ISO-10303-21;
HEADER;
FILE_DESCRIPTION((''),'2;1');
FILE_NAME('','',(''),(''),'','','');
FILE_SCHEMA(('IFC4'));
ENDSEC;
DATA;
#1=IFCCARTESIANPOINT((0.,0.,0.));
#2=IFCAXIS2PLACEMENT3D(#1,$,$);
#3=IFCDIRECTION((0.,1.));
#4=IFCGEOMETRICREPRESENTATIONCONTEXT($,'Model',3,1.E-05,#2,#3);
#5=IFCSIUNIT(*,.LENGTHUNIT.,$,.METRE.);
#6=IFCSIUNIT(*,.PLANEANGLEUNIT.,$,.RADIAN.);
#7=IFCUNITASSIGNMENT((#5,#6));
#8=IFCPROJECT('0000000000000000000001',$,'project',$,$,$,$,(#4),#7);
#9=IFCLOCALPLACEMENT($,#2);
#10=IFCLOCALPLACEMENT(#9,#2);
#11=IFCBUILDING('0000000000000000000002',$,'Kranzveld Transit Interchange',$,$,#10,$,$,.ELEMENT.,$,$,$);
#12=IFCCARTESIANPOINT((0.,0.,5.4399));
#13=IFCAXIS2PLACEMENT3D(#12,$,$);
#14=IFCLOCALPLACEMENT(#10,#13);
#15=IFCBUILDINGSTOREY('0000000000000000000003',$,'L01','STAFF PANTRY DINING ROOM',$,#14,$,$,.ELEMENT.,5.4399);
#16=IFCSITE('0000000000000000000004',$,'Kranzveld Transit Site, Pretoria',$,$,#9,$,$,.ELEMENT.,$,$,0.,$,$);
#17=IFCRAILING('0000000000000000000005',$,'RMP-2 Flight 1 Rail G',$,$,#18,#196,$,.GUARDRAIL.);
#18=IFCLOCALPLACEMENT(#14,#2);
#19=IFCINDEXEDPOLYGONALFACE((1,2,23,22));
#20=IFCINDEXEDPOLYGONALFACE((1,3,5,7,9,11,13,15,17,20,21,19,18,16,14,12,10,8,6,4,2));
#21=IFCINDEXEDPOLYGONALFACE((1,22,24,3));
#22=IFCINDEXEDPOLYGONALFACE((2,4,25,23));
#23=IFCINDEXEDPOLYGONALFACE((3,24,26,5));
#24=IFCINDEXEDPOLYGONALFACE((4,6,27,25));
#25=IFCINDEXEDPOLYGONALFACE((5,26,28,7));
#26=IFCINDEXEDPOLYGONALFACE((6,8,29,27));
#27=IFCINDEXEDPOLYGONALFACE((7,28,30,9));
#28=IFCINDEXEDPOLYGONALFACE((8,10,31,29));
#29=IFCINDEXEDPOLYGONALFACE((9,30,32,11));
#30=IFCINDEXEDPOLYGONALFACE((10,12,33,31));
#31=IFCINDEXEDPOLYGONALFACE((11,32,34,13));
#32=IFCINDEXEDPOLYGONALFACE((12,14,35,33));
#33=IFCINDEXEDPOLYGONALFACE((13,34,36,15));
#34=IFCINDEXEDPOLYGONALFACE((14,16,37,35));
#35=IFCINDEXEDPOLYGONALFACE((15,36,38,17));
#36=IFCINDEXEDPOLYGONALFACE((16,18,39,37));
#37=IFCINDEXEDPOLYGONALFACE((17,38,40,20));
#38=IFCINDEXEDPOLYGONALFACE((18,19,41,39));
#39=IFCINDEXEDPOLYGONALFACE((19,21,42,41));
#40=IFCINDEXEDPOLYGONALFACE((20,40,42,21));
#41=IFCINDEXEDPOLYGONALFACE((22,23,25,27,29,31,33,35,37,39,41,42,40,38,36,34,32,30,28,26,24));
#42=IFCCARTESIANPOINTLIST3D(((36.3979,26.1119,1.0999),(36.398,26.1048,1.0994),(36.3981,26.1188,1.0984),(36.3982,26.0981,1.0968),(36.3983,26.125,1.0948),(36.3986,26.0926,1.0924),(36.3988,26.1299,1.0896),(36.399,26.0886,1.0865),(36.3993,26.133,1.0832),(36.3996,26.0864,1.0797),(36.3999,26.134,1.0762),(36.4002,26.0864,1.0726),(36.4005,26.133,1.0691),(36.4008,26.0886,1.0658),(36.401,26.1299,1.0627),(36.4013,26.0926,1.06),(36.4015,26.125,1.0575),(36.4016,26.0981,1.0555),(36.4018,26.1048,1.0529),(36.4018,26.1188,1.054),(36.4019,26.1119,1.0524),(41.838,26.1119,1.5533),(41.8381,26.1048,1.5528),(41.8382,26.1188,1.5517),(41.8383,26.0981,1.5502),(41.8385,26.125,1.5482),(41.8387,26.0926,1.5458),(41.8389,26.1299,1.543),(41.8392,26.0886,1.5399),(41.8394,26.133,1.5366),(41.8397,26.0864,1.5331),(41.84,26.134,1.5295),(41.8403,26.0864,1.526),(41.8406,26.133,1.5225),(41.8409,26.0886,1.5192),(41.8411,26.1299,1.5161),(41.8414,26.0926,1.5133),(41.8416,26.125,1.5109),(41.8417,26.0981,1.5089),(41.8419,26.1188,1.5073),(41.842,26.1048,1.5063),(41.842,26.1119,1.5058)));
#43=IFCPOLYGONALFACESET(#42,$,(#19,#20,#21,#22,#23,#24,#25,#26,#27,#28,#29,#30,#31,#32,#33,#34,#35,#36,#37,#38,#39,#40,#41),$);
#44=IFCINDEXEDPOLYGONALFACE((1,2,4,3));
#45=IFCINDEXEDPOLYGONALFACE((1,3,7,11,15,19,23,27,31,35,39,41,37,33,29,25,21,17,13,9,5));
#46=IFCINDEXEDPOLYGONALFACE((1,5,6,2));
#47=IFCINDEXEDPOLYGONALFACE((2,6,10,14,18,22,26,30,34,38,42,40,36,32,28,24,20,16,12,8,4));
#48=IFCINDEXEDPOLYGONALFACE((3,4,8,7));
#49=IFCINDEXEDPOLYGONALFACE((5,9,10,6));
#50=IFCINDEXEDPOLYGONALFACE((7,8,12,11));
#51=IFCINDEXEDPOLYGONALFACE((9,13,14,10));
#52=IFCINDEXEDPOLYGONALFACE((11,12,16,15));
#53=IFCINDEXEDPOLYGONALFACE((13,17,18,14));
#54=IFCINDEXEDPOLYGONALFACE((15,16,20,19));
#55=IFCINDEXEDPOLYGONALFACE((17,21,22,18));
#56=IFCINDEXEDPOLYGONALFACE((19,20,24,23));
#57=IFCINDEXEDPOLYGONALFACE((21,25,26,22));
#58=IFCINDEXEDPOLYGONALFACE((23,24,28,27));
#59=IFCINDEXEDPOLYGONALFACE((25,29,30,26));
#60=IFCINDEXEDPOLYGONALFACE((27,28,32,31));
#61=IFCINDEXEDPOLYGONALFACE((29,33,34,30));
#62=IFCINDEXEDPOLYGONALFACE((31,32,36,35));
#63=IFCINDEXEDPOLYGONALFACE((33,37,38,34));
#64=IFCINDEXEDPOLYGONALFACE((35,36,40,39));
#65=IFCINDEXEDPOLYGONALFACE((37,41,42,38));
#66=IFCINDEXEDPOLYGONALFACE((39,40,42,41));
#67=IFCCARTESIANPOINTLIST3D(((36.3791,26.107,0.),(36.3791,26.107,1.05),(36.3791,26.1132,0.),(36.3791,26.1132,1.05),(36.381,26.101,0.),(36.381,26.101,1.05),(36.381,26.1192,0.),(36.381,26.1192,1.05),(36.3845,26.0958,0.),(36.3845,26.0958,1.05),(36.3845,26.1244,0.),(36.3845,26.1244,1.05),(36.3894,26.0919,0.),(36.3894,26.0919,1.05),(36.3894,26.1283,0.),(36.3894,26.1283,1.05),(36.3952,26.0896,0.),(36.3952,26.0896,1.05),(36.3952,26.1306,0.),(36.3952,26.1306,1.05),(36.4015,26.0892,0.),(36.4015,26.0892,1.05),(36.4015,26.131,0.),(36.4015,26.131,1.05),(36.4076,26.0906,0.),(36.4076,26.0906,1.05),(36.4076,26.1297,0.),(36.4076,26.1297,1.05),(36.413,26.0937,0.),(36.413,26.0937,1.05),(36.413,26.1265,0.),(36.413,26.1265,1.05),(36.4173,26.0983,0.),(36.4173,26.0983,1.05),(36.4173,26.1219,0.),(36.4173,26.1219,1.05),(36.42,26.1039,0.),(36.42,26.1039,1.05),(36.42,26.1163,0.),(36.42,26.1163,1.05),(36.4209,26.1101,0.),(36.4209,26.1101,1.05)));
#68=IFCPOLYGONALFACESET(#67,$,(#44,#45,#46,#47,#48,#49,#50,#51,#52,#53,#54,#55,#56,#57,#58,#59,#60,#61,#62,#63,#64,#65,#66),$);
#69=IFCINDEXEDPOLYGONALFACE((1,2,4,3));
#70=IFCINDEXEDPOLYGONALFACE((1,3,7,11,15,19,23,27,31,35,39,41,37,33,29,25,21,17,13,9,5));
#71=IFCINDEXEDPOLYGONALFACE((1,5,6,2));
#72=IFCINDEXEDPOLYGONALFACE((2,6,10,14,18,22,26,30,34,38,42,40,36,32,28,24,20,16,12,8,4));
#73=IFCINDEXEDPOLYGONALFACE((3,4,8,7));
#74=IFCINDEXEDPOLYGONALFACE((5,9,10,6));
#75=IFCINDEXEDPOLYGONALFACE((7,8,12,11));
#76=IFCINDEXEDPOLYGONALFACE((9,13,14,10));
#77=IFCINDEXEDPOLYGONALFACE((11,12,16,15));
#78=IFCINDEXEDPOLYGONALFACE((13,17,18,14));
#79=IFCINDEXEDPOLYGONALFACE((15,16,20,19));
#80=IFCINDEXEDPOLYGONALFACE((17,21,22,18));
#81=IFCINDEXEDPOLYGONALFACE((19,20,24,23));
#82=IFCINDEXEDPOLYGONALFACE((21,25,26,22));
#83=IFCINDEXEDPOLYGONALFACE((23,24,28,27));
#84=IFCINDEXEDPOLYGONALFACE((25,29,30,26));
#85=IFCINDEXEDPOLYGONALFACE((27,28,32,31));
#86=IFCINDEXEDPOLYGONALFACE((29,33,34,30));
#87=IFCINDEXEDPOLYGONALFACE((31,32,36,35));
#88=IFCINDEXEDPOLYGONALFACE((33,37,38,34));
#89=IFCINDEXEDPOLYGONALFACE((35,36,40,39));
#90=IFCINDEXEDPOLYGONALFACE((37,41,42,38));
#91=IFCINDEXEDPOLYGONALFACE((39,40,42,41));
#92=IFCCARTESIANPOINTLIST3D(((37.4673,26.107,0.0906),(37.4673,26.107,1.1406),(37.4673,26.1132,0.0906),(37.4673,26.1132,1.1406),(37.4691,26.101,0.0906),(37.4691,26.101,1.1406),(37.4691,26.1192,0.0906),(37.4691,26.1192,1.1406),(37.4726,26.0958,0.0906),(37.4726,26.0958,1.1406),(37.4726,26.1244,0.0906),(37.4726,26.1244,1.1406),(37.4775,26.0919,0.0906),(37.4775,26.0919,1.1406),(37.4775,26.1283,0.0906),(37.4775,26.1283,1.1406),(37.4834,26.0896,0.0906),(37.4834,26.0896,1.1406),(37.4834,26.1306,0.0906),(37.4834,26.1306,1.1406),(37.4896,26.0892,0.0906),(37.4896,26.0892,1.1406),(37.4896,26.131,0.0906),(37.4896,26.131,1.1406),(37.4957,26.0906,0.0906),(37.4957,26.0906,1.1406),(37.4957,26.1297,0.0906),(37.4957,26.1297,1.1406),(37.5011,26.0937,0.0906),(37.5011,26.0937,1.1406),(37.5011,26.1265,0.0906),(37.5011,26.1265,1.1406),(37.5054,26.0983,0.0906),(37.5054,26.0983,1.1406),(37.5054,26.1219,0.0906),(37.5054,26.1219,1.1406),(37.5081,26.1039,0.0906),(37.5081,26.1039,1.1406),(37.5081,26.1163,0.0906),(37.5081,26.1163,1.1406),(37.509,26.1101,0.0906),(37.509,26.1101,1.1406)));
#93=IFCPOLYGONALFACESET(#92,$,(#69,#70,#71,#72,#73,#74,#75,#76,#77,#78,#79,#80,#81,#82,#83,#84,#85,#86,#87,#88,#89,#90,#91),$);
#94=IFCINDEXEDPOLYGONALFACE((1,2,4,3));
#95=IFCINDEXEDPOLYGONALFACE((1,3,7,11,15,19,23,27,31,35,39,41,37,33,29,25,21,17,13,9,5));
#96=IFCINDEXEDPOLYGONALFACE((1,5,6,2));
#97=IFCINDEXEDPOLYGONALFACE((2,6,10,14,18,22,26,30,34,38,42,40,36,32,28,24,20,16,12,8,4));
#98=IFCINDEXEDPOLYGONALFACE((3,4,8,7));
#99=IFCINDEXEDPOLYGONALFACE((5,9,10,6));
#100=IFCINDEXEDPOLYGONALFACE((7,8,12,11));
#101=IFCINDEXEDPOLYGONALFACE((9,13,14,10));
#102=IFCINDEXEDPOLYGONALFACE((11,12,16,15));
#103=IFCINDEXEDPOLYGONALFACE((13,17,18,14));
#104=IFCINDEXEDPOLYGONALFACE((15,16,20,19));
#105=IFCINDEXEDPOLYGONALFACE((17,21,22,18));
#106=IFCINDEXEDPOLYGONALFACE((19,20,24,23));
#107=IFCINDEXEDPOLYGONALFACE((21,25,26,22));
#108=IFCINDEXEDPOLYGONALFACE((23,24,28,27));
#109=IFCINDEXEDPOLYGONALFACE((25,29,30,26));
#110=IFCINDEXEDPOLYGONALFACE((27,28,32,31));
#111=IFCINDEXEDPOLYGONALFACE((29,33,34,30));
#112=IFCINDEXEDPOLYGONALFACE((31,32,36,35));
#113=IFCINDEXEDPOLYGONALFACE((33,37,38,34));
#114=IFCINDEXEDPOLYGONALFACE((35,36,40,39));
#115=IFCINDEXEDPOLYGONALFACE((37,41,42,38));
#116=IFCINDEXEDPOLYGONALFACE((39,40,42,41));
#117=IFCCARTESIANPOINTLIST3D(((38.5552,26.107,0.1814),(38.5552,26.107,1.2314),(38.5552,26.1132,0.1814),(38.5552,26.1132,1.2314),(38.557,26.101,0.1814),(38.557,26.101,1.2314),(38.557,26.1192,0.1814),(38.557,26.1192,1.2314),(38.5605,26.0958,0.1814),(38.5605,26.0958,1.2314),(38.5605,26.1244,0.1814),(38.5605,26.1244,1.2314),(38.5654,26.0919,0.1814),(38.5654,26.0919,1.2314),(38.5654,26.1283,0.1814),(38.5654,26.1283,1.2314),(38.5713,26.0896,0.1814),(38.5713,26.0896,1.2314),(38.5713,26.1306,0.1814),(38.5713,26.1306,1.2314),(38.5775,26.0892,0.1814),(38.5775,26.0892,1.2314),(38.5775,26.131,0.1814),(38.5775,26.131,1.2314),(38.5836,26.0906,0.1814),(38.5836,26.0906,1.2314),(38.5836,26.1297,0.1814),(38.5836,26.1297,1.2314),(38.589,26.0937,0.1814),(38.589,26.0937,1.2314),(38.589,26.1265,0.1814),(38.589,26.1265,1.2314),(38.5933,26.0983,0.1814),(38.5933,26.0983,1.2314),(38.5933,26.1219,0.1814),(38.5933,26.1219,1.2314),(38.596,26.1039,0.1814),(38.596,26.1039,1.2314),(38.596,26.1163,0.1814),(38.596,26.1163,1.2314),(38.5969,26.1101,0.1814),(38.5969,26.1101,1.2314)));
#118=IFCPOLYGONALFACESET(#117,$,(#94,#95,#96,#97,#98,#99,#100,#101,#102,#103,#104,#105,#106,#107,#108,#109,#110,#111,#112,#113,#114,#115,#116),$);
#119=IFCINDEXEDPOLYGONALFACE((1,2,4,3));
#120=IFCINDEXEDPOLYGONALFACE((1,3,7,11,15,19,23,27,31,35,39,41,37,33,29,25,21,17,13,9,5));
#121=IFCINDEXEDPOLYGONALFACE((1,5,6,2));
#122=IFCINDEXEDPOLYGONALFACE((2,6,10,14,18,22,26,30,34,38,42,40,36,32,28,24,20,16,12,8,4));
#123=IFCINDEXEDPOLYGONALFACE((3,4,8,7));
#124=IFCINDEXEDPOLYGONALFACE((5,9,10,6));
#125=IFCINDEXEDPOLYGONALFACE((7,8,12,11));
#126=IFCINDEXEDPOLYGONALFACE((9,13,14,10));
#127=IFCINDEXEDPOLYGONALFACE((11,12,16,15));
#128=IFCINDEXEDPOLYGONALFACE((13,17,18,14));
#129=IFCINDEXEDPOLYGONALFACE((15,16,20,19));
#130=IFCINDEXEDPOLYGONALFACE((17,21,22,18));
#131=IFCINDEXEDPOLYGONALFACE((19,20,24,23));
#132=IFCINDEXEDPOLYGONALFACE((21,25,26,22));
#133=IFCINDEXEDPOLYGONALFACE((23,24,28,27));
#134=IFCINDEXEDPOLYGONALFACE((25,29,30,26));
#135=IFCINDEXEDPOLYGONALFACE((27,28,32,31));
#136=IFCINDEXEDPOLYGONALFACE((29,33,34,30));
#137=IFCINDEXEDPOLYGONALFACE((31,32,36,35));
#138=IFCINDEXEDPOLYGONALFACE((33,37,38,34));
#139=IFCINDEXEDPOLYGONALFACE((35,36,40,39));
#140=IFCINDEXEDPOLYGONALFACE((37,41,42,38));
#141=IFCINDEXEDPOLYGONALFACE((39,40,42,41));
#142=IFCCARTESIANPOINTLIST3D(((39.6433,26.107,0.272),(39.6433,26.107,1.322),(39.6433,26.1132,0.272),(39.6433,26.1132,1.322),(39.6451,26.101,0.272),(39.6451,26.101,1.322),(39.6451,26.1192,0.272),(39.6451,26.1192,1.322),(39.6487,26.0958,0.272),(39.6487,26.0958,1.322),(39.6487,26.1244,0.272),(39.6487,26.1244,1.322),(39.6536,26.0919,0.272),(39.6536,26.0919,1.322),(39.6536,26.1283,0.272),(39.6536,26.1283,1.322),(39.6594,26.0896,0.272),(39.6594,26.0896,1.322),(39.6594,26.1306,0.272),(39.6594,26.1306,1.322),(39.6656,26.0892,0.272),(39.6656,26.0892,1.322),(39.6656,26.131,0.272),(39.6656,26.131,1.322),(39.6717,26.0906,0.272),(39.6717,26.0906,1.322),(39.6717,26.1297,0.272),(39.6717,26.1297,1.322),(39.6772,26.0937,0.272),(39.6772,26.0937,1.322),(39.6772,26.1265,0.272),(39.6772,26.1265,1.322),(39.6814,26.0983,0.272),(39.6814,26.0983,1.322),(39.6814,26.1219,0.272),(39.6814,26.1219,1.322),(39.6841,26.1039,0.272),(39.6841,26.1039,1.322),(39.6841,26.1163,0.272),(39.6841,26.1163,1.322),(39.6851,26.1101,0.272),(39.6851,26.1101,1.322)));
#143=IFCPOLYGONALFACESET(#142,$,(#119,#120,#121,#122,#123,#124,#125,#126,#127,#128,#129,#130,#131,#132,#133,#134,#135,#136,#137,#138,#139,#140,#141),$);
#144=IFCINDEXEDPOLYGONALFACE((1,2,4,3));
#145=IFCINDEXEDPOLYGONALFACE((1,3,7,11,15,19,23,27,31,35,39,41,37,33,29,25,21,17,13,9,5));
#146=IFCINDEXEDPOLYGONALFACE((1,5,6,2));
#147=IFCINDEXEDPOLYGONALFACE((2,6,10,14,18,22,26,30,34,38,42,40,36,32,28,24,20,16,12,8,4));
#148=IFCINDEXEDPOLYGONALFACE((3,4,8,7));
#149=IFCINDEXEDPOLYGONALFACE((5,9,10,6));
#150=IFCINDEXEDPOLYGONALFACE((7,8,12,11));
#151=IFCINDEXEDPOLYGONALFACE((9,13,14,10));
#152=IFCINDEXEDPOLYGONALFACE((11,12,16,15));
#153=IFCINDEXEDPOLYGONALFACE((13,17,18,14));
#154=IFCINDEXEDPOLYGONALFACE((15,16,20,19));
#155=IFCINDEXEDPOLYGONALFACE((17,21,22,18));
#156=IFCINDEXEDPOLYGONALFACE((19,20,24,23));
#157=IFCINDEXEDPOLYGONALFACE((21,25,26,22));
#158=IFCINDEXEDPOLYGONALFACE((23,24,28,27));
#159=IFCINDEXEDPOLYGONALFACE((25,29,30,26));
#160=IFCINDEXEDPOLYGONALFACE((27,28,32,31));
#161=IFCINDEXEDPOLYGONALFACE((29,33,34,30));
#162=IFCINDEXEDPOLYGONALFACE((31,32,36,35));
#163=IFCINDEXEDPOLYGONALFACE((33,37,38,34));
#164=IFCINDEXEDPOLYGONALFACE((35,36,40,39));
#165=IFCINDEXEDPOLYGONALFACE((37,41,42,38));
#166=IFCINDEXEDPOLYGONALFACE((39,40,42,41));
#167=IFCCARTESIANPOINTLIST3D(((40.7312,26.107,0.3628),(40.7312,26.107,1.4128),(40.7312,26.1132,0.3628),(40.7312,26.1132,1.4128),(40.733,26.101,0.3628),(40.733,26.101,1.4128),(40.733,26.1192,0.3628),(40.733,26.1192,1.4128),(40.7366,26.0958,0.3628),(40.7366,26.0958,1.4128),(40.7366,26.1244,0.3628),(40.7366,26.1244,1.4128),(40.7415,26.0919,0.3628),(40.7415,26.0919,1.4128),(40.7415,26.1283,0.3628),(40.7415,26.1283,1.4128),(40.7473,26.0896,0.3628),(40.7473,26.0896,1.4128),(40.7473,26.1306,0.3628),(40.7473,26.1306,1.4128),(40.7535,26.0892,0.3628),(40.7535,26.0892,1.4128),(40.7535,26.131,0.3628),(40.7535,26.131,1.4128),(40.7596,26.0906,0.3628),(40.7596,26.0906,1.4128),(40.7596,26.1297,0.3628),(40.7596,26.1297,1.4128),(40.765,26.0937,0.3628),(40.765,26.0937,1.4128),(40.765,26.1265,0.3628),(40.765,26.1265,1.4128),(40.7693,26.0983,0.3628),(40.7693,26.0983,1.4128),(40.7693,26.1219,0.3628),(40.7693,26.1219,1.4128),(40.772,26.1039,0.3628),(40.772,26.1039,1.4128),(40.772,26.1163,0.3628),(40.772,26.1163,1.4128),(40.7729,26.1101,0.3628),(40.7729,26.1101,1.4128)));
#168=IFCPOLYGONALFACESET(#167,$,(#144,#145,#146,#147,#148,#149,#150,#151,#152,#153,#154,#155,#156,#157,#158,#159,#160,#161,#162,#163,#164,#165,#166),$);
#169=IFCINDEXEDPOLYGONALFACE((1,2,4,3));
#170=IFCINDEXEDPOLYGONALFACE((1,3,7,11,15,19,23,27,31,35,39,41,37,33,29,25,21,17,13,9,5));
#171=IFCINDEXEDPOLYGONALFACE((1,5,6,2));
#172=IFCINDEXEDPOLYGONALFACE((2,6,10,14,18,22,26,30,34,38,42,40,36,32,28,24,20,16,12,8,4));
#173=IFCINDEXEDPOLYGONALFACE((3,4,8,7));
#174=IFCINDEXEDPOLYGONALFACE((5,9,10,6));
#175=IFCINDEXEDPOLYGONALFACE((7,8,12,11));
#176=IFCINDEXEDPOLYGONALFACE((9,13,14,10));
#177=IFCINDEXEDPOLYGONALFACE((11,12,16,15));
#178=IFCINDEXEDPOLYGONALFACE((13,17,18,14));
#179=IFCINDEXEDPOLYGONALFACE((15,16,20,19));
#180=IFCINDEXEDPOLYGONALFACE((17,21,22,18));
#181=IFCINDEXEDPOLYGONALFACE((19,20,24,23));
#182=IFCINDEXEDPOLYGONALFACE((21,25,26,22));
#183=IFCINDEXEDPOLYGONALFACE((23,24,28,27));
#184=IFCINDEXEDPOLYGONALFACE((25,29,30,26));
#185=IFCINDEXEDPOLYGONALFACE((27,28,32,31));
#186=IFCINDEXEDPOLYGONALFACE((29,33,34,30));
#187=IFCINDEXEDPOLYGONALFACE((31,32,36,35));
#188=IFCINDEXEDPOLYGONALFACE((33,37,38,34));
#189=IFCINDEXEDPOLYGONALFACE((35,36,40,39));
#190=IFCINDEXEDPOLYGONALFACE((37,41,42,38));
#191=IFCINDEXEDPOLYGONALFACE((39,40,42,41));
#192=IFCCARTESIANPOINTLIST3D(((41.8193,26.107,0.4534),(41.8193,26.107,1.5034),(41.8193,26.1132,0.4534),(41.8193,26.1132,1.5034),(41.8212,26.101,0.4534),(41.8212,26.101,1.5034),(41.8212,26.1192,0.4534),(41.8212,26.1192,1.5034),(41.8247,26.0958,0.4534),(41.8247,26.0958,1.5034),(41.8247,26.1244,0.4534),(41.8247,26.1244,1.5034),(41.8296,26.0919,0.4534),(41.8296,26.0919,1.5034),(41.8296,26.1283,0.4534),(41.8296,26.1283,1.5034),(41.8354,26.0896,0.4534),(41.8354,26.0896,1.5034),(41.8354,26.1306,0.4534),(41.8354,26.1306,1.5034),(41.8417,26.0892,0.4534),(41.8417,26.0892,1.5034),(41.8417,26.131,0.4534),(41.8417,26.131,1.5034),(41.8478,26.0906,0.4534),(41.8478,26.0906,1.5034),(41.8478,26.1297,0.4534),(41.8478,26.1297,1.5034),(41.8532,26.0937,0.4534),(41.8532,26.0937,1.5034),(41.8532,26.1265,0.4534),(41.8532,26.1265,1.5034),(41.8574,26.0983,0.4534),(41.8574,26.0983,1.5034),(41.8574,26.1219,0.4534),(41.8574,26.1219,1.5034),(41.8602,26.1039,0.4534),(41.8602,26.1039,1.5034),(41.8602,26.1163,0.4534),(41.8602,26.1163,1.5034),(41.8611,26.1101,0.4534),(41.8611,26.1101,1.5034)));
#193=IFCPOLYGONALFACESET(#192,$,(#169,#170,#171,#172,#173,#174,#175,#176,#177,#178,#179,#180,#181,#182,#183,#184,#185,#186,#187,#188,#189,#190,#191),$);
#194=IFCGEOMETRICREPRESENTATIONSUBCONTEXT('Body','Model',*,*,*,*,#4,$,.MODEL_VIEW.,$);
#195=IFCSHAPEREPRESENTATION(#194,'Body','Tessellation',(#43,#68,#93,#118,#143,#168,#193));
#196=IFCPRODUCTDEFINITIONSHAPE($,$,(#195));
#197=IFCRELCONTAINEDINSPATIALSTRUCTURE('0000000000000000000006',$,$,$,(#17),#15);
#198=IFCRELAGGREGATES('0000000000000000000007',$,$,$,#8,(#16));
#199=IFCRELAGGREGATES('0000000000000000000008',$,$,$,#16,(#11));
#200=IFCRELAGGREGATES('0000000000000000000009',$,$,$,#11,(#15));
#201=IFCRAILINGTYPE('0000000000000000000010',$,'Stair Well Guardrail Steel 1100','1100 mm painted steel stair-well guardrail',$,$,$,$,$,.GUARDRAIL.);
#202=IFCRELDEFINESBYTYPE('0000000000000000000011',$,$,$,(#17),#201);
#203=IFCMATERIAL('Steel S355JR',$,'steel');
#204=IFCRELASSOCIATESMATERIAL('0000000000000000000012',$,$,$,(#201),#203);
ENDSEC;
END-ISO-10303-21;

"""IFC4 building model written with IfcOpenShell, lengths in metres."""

from ifc_helpers import new_model, si_unit, direction, frame, origin, origin_2d, place, context, subcontext, project, spatial, circle, extrude, material, type_object, element, save


model = new_model("IFC4")

# Units and contexts
model_context = context("Model", 3, precision=1e-05, world=origin(), true_north=direction((0.0, 1.0)))
body_context = subcontext(model_context, "Body", "Model", "MODEL_VIEW")
ifc_project = project(units=[si_unit("LENGTHUNIT", "METRE"), si_unit("PLANEANGLEUNIT", "RADIAN")], contexts=[model_context])

# Site, building, storey
site_placement = place(None, origin())
site = spatial("IfcSite", under=ifc_project, at=site_placement, Name="Kranzveld Transit Site, Pretoria", CompositionType="ELEMENT", RefElevation=0.0)
building_placement = place(site_placement, origin())
building = spatial("IfcBuilding", under=site, at=building_placement, Name="Kranzveld Transit Interchange", CompositionType="ELEMENT")
storey_placement = place(building_placement, frame((0.0, 0.0, 5.4399)))
storey = spatial("IfcBuildingStorey", under=building, at=storey_placement, Name="L01", Description="STAFF PANTRY DINING ROOM", CompositionType="ELEMENT", Elevation=5.4399)

# Railing
ifc_material_1 = material(Name="Steel S355JR", Category="steel")
railing_type_1 = type_object("IfcRailingType", Name="Stair Well Guardrail Steel 1100", Description="1100 mm painted steel stair-well guardrail", PredefinedType="GUARDRAIL", material=ifc_material_1)
railing_1_placement = place(storey_placement, frame((36.3999, 26.1101, 0.0)))
element("IfcRailing", 1, at=railing_1_placement, inside=storey, type_object=railing_type_1, Name="RMP-2 Flight 1 Rail G", PredefinedType="GUARDRAIL", context=body_context, shape_type="SweptSolid", body=[
    extrude(circle(Radius=0.0239, at=origin_2d()), frame((0.0, 0.0, 1.0762), z_axis=(0.996545, 0.0, 0.083049), x_axis=(0.0, 1.0, 0.0)), (0.0, 0.0, 1.0), 5.459),
    extrude(circle(Radius=0.021, at=origin_2d()), origin(), (0.0, 0.0, 1.0), 1.05),
    extrude(circle(Radius=0.021, at=origin_2d()), frame((1.0881, 0.0, 0.0906)), (0.0, 0.0, 1.0), 1.05),
    extrude(circle(Radius=0.021, at=origin_2d()), frame((2.176, 0.0, 0.1814)), (0.0, 0.0, 1.0), 1.05),
    extrude(circle(Radius=0.021, at=origin_2d()), frame((3.2642, 0.0, 0.272)), (0.0, 0.0, 1.0), 1.05),
    extrude(circle(Radius=0.021, at=origin_2d()), frame((4.3521, 0.0, 0.3628)), (0.0, 0.0, 1.0), 1.05),
    extrude(circle(Radius=0.021, at=origin_2d()), frame((5.4402, 0.0, 0.4534)), (0.0, 0.0, 1.0), 1.05),
])

save(model, "model.ifc")
